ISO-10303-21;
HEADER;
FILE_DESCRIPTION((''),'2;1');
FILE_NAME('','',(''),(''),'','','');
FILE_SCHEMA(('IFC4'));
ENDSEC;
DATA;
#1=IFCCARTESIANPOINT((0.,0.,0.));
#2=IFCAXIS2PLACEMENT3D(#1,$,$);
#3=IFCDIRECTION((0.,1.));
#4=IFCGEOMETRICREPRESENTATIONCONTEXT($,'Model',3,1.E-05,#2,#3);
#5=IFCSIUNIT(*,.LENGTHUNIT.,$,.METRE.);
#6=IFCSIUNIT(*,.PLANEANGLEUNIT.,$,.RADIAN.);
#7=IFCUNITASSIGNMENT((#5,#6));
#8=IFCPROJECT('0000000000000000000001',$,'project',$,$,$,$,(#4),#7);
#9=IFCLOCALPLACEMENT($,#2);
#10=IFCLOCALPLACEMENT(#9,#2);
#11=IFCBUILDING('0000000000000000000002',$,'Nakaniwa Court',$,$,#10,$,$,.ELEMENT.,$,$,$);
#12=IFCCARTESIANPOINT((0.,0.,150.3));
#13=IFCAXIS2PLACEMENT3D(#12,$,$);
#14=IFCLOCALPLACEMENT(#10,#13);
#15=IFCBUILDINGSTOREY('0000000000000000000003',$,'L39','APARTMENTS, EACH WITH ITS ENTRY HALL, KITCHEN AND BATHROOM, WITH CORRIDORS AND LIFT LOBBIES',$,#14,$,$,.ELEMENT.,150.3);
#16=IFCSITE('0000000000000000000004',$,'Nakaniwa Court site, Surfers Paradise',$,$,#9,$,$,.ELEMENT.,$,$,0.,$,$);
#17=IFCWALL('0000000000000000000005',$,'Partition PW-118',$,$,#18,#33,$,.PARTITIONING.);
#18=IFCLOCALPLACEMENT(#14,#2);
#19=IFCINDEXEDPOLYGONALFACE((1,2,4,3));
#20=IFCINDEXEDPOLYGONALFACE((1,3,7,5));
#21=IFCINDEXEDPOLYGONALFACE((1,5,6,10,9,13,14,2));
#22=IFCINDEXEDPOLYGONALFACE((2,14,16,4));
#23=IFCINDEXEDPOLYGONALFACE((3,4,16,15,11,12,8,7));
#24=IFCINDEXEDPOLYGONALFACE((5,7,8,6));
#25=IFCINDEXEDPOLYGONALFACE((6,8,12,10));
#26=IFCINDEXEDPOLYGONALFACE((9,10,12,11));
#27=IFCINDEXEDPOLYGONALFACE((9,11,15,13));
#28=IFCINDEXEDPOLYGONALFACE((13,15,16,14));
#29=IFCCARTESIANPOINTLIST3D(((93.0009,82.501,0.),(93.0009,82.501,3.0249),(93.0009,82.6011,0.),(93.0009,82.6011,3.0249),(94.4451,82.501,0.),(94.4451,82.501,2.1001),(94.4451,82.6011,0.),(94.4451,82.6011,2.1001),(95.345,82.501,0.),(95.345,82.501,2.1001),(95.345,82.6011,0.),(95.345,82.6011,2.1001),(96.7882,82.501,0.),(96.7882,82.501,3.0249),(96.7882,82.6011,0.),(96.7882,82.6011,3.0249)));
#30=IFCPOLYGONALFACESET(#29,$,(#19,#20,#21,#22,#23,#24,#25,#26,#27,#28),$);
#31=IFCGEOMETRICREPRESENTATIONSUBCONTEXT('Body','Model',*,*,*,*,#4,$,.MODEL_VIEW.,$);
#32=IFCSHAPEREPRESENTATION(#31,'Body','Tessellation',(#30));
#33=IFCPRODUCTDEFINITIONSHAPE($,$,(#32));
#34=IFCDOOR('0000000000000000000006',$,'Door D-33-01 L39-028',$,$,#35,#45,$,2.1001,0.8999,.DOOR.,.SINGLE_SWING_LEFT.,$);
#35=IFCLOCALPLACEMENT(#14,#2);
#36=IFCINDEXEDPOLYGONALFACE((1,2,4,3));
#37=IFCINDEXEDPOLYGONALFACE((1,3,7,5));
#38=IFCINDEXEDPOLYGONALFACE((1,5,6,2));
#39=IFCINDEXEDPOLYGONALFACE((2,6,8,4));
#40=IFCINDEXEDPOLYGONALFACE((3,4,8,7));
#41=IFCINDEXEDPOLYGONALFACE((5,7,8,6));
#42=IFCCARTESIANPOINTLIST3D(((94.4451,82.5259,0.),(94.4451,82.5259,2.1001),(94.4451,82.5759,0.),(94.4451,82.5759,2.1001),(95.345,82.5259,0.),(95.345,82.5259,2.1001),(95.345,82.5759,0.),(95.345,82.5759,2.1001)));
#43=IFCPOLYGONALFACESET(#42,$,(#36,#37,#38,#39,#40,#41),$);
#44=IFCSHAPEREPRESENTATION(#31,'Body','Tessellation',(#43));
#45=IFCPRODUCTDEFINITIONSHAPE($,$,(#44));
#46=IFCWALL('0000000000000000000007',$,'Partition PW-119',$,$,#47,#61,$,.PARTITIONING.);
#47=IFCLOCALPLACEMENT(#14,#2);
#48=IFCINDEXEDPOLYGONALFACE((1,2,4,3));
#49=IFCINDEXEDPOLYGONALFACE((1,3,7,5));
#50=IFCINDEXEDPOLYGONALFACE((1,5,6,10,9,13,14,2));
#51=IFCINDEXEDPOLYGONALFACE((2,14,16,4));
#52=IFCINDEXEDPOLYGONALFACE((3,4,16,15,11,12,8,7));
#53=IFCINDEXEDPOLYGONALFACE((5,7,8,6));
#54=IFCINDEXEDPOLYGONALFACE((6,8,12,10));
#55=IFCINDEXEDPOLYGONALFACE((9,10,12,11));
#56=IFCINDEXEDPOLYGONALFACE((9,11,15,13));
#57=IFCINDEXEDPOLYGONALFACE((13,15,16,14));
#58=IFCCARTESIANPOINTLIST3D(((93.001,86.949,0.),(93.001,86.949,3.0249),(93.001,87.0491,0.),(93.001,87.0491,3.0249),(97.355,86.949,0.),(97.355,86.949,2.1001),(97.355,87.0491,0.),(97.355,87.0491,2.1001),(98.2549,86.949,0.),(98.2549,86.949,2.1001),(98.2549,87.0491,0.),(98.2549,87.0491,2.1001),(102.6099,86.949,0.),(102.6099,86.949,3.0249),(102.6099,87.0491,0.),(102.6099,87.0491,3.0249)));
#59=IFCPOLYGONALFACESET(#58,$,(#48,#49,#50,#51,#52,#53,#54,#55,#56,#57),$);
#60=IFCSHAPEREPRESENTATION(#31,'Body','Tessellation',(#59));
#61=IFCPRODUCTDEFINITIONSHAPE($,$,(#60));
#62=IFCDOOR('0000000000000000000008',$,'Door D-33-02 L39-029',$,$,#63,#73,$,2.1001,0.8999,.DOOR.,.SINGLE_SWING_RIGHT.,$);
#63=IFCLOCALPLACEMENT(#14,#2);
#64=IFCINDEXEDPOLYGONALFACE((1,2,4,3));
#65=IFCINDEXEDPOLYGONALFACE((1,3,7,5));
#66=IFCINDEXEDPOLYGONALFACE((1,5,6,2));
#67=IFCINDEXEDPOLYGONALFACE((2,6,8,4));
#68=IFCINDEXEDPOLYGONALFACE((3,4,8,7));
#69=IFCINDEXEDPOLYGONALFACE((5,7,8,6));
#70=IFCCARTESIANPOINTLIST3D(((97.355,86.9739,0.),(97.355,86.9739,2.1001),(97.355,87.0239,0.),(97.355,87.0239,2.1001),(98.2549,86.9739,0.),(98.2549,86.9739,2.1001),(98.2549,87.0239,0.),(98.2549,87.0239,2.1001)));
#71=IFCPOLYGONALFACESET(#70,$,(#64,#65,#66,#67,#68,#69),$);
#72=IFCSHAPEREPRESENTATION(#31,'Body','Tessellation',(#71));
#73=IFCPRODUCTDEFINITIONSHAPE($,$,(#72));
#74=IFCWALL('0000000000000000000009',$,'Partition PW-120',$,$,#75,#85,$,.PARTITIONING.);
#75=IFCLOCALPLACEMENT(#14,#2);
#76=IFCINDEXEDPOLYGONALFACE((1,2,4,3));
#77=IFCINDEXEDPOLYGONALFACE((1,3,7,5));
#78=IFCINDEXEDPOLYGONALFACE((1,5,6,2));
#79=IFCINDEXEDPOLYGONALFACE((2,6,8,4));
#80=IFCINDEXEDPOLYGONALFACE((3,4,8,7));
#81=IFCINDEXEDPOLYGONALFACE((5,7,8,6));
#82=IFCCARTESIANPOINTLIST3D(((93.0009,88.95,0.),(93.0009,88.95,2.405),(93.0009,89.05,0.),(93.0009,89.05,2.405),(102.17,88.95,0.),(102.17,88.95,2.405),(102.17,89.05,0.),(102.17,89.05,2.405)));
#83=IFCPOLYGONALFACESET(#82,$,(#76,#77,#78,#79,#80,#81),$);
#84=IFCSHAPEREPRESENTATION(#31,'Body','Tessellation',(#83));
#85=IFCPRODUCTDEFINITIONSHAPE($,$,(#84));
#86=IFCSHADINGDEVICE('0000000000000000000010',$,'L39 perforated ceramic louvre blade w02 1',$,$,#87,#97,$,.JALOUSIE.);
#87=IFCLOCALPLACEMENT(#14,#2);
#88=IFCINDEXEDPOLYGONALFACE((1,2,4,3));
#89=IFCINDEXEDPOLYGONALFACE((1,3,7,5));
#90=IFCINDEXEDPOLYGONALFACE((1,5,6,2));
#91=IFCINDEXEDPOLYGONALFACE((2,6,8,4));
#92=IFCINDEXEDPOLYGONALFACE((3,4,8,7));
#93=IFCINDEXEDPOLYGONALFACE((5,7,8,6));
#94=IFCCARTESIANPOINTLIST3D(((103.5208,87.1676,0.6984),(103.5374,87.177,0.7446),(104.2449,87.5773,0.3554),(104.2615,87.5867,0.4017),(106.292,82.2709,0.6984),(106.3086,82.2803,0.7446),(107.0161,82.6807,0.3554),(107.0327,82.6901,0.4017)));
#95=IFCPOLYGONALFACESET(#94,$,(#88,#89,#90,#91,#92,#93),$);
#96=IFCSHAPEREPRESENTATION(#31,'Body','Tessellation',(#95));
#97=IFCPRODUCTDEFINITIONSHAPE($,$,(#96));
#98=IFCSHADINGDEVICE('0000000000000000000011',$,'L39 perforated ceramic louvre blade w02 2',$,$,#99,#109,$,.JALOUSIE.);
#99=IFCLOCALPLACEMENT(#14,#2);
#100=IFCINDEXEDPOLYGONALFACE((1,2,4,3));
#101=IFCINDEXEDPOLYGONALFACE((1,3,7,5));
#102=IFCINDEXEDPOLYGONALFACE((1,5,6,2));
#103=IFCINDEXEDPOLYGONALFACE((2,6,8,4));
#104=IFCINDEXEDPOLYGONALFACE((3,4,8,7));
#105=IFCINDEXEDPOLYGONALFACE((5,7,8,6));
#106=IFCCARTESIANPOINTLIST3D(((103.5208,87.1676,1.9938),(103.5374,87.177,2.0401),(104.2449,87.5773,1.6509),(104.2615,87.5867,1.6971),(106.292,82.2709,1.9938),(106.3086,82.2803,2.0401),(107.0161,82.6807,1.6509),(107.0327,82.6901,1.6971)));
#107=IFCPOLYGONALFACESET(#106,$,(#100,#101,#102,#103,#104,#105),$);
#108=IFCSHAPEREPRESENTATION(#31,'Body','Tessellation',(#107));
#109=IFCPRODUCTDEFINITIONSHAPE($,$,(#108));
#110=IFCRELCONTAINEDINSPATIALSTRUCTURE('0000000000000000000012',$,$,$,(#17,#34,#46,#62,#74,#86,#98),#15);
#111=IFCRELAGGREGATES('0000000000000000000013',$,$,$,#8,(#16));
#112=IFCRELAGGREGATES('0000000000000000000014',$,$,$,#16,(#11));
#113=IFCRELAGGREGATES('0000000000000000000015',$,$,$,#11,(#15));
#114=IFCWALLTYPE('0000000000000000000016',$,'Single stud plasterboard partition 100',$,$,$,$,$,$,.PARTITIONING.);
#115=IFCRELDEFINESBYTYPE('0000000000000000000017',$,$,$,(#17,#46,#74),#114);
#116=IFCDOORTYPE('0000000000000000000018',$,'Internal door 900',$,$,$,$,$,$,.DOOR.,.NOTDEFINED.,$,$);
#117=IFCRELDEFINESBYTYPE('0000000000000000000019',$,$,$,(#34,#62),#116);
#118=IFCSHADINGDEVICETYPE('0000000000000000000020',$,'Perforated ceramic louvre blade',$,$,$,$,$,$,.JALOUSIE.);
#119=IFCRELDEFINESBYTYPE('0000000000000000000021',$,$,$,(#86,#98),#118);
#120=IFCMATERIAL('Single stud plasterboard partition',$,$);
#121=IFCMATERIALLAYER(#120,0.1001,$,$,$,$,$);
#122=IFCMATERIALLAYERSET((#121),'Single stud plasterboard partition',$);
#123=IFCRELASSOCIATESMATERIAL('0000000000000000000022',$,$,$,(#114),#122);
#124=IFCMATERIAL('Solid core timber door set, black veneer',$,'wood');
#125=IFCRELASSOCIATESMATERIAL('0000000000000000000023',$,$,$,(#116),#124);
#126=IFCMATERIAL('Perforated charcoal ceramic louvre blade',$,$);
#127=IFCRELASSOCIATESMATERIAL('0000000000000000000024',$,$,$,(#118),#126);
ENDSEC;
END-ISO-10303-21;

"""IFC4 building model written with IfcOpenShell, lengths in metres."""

from ifc_helpers import new_model, si_unit, direction, frame, frame_2d, origin, origin_2d, place, context, subcontext, project, spatial, rectangle, extrude, material, layer, layer_set, material_profile, profile_set, type_object, element, fill, save


model = new_model("IFC4")

# Units and contexts
model_context = context("Model", 3, precision=1e-05, world=origin(), true_north=direction((0.0, 1.0)))
body_context = subcontext(model_context, "Body", "Model", "MODEL_VIEW")
ifc_project = project(units=[si_unit("LENGTHUNIT", "METRE"), si_unit("PLANEANGLEUNIT", "RADIAN")], contexts=[model_context])

# Site, building, storey
site_placement = place(None, origin())
site = spatial("IfcSite", under=ifc_project, at=site_placement, Name="Nakaniwa Court site, Surfers Paradise", CompositionType="ELEMENT", RefElevation=0.0)
building_placement = place(site_placement, origin())
building = spatial("IfcBuilding", under=site, at=building_placement, Name="Nakaniwa Court", CompositionType="ELEMENT")
storey_placement = place(building_placement, frame((0.0, 0.0, 150.3)))
storey = spatial("IfcBuildingStorey", under=building, at=storey_placement, Name="L39", Description="APARTMENTS, EACH WITH ITS ENTRY HALL, KITCHEN AND BATHROOM, WITH CORRIDORS AND LIFT LOBBIES", CompositionType="ELEMENT", Elevation=150.3)

# Shared definitions
ifc_material_1 = material(Name="Solid core timber door set, black veneer", Category="wood")

# Walls, openings, doors
ifc_material_2 = material(Name="Single stud plasterboard partition")
ifc_layer_1 = layer(ifc_material_2, 0.1001)
ifc_layer_set_1 = layer_set([ifc_layer_1], Name="Single stud plasterboard partition")
wall_type_1 = type_object("IfcWallType", Name="Single stud plasterboard partition 100", PredefinedType="PARTITIONING", material=ifc_layer_set_1)
wall_1_placement = place(storey_placement, frame((93.001, 82.551, 0.0), z_axis=(0.0, 0.0, 1.0), x_axis=(1.0, 0.0, 0.0)))
wall_1 = element("IfcWall", 1, at=wall_1_placement, inside=storey, type_object=wall_type_1, Name="Partition PW-118", PredefinedType="PARTITIONING", context=body_context, shape_type="SweptSolid", body=[
    extrude(rectangle(XDim=3.7874, YDim=0.1001, at=frame_2d((1.8936, 0.0))), origin(), (0.0, 0.0, 1.0), 3.0249),
])
opening_1_placement = place(wall_1_placement, frame((1.4441, 0.0, 0.0)))
opening_1 = element("IfcOpeningElement", 2, at=opening_1_placement, cuts=wall_1, PredefinedType="OPENING", context=body_context, shape_type="SweptSolid", body=[
    extrude(rectangle(XDim=0.8999, YDim=2.1001, at=frame_2d((0.45, 1.05))), frame((0.0, 0.0601, 0.0), z_axis=(0.0, -1.0, 0.0), x_axis=(1.0, 0.0, 0.0)), (0.0, 0.0, 1.0), 0.1201),
])
door_type_1 = type_object("IfcDoorType", Name="Internal door 900", OperationType="NOTDEFINED", PredefinedType="DOOR", material=ifc_material_1)
door_1_placement = place(opening_1_placement, origin())
door_1 = element("IfcDoor", 3, at=door_1_placement, inside=storey, type_object=door_type_1, Name="Door D-33-01 L39-028", OperationType="SINGLE_SWING_LEFT", OverallHeight=2.1001, OverallWidth=0.8999, PredefinedType="DOOR", context=body_context, shape_type="SweptSolid", body=[
    extrude(rectangle(XDim=0.8999, YDim=2.1001, at=frame_2d((0.45, 1.05))), frame((0.0, 0.0249, 0.0), z_axis=(0.0, -1.0, 0.0), x_axis=(1.0, 0.0, 0.0)), (0.0, 0.0, 1.0), 0.05),
])
fill(opening_1, door_1)
wall_2_placement = place(storey_placement, frame((93.001, 86.999, 0.0), z_axis=(0.0, 0.0, 1.0), x_axis=(1.0, 0.0, 0.0)))
wall_2 = element("IfcWall", 4, at=wall_2_placement, inside=storey, type_object=wall_type_1, Name="Partition PW-119", PredefinedType="PARTITIONING", context=body_context, shape_type="SweptSolid", body=[
    extrude(rectangle(XDim=9.6089, YDim=0.1001, at=frame_2d((4.8044, 0.0))), origin(), (0.0, 0.0, 1.0), 3.0249),
])
opening_2_placement = place(wall_2_placement, frame((4.354, 0.0, 0.0)))
opening_2 = element("IfcOpeningElement", 5, at=opening_2_placement, cuts=wall_2, PredefinedType="OPENING", context=body_context, shape_type="SweptSolid", body=[
    extrude(rectangle(XDim=0.8999, YDim=2.1001, at=frame_2d((0.45, 1.05))), frame((0.0, 0.0601, 0.0), z_axis=(0.0, -1.0, 0.0), x_axis=(1.0, 0.0, 0.0)), (0.0, 0.0, 1.0), 0.1201),
])
door_2_placement = place(opening_2_placement, origin())
door_2 = element("IfcDoor", 6, at=door_2_placement, inside=storey, type_object=door_type_1, Name="Door D-33-02 L39-029", OperationType="SINGLE_SWING_RIGHT", OverallHeight=2.1001, OverallWidth=0.8999, PredefinedType="DOOR", context=body_context, shape_type="SweptSolid", body=[
    extrude(rectangle(XDim=0.8999, YDim=2.1001, at=frame_2d((0.45, 1.05))), frame((0.0, 0.0249, 0.0), z_axis=(0.0, -1.0, 0.0), x_axis=(1.0, 0.0, 0.0)), (0.0, 0.0, 1.0), 0.05),
])
fill(opening_2, door_2)

# Wall
wall_3_placement = place(storey_placement, frame((93.001, 89.0, 0.0), z_axis=(0.0, 0.0, 1.0), x_axis=(1.0, 0.0, 0.0)))
element("IfcWall", 7, at=wall_3_placement, inside=storey, type_object=wall_type_1, Name="Partition PW-120", PredefinedType="PARTITIONING", context=body_context, shape_type="SweptSolid", body=[
    extrude(rectangle(XDim=9.1692, YDim=0.1001, at=frame_2d((4.5845, 0.0))), origin(), (0.0, 0.0, 1.0), 2.405),
])

# Shading devices
ifc_material_3 = material(Name="Perforated charcoal ceramic louvre blade")
ifc_material_profile_1 = material_profile(ifc_material_3, rectangle(XDim=0.8999, YDim=0.05, at=origin_2d()), Name="Perforated ceramic louvre blade")
ifc_profile_set_1 = profile_set([ifc_material_profile_1], Name="Perforated charcoal ceramic louvre blade")
shading_device_type = type_object("IfcShadingDeviceType", Name="Perforated ceramic louvre blade", PredefinedType="JALOUSIE", material=ifc_profile_set_1)
for number, where, z_axis, x_axis, name in (
    (8, (106.6624, 82.4805, 0.55), (-0.492532, 0.870294, 0.0), (-0.804627, -0.455368, 0.38107), "L39 perforated ceramic louvre blade w02 1"),
    (9, (106.6624, 82.4805, 1.8455), (-0.492532, 0.870294, 0.0), (-0.804627, -0.455368, 0.38107), "L39 perforated ceramic louvre blade w02 2"),
):
    element("IfcShadingDevice", number, at=place(storey_placement, frame(where, z_axis=z_axis, x_axis=x_axis)), inside=storey, type_object=shading_device_type, Name=name, PredefinedType="JALOUSIE", context=body_context, shape_type="SweptSolid", body=[
        extrude(rectangle(XDim=0.8999, YDim=0.05, at=origin_2d()), origin(), (0.0, 0.0, 1.0), 5.6265),
    ])

save(model, "model.ifc")
